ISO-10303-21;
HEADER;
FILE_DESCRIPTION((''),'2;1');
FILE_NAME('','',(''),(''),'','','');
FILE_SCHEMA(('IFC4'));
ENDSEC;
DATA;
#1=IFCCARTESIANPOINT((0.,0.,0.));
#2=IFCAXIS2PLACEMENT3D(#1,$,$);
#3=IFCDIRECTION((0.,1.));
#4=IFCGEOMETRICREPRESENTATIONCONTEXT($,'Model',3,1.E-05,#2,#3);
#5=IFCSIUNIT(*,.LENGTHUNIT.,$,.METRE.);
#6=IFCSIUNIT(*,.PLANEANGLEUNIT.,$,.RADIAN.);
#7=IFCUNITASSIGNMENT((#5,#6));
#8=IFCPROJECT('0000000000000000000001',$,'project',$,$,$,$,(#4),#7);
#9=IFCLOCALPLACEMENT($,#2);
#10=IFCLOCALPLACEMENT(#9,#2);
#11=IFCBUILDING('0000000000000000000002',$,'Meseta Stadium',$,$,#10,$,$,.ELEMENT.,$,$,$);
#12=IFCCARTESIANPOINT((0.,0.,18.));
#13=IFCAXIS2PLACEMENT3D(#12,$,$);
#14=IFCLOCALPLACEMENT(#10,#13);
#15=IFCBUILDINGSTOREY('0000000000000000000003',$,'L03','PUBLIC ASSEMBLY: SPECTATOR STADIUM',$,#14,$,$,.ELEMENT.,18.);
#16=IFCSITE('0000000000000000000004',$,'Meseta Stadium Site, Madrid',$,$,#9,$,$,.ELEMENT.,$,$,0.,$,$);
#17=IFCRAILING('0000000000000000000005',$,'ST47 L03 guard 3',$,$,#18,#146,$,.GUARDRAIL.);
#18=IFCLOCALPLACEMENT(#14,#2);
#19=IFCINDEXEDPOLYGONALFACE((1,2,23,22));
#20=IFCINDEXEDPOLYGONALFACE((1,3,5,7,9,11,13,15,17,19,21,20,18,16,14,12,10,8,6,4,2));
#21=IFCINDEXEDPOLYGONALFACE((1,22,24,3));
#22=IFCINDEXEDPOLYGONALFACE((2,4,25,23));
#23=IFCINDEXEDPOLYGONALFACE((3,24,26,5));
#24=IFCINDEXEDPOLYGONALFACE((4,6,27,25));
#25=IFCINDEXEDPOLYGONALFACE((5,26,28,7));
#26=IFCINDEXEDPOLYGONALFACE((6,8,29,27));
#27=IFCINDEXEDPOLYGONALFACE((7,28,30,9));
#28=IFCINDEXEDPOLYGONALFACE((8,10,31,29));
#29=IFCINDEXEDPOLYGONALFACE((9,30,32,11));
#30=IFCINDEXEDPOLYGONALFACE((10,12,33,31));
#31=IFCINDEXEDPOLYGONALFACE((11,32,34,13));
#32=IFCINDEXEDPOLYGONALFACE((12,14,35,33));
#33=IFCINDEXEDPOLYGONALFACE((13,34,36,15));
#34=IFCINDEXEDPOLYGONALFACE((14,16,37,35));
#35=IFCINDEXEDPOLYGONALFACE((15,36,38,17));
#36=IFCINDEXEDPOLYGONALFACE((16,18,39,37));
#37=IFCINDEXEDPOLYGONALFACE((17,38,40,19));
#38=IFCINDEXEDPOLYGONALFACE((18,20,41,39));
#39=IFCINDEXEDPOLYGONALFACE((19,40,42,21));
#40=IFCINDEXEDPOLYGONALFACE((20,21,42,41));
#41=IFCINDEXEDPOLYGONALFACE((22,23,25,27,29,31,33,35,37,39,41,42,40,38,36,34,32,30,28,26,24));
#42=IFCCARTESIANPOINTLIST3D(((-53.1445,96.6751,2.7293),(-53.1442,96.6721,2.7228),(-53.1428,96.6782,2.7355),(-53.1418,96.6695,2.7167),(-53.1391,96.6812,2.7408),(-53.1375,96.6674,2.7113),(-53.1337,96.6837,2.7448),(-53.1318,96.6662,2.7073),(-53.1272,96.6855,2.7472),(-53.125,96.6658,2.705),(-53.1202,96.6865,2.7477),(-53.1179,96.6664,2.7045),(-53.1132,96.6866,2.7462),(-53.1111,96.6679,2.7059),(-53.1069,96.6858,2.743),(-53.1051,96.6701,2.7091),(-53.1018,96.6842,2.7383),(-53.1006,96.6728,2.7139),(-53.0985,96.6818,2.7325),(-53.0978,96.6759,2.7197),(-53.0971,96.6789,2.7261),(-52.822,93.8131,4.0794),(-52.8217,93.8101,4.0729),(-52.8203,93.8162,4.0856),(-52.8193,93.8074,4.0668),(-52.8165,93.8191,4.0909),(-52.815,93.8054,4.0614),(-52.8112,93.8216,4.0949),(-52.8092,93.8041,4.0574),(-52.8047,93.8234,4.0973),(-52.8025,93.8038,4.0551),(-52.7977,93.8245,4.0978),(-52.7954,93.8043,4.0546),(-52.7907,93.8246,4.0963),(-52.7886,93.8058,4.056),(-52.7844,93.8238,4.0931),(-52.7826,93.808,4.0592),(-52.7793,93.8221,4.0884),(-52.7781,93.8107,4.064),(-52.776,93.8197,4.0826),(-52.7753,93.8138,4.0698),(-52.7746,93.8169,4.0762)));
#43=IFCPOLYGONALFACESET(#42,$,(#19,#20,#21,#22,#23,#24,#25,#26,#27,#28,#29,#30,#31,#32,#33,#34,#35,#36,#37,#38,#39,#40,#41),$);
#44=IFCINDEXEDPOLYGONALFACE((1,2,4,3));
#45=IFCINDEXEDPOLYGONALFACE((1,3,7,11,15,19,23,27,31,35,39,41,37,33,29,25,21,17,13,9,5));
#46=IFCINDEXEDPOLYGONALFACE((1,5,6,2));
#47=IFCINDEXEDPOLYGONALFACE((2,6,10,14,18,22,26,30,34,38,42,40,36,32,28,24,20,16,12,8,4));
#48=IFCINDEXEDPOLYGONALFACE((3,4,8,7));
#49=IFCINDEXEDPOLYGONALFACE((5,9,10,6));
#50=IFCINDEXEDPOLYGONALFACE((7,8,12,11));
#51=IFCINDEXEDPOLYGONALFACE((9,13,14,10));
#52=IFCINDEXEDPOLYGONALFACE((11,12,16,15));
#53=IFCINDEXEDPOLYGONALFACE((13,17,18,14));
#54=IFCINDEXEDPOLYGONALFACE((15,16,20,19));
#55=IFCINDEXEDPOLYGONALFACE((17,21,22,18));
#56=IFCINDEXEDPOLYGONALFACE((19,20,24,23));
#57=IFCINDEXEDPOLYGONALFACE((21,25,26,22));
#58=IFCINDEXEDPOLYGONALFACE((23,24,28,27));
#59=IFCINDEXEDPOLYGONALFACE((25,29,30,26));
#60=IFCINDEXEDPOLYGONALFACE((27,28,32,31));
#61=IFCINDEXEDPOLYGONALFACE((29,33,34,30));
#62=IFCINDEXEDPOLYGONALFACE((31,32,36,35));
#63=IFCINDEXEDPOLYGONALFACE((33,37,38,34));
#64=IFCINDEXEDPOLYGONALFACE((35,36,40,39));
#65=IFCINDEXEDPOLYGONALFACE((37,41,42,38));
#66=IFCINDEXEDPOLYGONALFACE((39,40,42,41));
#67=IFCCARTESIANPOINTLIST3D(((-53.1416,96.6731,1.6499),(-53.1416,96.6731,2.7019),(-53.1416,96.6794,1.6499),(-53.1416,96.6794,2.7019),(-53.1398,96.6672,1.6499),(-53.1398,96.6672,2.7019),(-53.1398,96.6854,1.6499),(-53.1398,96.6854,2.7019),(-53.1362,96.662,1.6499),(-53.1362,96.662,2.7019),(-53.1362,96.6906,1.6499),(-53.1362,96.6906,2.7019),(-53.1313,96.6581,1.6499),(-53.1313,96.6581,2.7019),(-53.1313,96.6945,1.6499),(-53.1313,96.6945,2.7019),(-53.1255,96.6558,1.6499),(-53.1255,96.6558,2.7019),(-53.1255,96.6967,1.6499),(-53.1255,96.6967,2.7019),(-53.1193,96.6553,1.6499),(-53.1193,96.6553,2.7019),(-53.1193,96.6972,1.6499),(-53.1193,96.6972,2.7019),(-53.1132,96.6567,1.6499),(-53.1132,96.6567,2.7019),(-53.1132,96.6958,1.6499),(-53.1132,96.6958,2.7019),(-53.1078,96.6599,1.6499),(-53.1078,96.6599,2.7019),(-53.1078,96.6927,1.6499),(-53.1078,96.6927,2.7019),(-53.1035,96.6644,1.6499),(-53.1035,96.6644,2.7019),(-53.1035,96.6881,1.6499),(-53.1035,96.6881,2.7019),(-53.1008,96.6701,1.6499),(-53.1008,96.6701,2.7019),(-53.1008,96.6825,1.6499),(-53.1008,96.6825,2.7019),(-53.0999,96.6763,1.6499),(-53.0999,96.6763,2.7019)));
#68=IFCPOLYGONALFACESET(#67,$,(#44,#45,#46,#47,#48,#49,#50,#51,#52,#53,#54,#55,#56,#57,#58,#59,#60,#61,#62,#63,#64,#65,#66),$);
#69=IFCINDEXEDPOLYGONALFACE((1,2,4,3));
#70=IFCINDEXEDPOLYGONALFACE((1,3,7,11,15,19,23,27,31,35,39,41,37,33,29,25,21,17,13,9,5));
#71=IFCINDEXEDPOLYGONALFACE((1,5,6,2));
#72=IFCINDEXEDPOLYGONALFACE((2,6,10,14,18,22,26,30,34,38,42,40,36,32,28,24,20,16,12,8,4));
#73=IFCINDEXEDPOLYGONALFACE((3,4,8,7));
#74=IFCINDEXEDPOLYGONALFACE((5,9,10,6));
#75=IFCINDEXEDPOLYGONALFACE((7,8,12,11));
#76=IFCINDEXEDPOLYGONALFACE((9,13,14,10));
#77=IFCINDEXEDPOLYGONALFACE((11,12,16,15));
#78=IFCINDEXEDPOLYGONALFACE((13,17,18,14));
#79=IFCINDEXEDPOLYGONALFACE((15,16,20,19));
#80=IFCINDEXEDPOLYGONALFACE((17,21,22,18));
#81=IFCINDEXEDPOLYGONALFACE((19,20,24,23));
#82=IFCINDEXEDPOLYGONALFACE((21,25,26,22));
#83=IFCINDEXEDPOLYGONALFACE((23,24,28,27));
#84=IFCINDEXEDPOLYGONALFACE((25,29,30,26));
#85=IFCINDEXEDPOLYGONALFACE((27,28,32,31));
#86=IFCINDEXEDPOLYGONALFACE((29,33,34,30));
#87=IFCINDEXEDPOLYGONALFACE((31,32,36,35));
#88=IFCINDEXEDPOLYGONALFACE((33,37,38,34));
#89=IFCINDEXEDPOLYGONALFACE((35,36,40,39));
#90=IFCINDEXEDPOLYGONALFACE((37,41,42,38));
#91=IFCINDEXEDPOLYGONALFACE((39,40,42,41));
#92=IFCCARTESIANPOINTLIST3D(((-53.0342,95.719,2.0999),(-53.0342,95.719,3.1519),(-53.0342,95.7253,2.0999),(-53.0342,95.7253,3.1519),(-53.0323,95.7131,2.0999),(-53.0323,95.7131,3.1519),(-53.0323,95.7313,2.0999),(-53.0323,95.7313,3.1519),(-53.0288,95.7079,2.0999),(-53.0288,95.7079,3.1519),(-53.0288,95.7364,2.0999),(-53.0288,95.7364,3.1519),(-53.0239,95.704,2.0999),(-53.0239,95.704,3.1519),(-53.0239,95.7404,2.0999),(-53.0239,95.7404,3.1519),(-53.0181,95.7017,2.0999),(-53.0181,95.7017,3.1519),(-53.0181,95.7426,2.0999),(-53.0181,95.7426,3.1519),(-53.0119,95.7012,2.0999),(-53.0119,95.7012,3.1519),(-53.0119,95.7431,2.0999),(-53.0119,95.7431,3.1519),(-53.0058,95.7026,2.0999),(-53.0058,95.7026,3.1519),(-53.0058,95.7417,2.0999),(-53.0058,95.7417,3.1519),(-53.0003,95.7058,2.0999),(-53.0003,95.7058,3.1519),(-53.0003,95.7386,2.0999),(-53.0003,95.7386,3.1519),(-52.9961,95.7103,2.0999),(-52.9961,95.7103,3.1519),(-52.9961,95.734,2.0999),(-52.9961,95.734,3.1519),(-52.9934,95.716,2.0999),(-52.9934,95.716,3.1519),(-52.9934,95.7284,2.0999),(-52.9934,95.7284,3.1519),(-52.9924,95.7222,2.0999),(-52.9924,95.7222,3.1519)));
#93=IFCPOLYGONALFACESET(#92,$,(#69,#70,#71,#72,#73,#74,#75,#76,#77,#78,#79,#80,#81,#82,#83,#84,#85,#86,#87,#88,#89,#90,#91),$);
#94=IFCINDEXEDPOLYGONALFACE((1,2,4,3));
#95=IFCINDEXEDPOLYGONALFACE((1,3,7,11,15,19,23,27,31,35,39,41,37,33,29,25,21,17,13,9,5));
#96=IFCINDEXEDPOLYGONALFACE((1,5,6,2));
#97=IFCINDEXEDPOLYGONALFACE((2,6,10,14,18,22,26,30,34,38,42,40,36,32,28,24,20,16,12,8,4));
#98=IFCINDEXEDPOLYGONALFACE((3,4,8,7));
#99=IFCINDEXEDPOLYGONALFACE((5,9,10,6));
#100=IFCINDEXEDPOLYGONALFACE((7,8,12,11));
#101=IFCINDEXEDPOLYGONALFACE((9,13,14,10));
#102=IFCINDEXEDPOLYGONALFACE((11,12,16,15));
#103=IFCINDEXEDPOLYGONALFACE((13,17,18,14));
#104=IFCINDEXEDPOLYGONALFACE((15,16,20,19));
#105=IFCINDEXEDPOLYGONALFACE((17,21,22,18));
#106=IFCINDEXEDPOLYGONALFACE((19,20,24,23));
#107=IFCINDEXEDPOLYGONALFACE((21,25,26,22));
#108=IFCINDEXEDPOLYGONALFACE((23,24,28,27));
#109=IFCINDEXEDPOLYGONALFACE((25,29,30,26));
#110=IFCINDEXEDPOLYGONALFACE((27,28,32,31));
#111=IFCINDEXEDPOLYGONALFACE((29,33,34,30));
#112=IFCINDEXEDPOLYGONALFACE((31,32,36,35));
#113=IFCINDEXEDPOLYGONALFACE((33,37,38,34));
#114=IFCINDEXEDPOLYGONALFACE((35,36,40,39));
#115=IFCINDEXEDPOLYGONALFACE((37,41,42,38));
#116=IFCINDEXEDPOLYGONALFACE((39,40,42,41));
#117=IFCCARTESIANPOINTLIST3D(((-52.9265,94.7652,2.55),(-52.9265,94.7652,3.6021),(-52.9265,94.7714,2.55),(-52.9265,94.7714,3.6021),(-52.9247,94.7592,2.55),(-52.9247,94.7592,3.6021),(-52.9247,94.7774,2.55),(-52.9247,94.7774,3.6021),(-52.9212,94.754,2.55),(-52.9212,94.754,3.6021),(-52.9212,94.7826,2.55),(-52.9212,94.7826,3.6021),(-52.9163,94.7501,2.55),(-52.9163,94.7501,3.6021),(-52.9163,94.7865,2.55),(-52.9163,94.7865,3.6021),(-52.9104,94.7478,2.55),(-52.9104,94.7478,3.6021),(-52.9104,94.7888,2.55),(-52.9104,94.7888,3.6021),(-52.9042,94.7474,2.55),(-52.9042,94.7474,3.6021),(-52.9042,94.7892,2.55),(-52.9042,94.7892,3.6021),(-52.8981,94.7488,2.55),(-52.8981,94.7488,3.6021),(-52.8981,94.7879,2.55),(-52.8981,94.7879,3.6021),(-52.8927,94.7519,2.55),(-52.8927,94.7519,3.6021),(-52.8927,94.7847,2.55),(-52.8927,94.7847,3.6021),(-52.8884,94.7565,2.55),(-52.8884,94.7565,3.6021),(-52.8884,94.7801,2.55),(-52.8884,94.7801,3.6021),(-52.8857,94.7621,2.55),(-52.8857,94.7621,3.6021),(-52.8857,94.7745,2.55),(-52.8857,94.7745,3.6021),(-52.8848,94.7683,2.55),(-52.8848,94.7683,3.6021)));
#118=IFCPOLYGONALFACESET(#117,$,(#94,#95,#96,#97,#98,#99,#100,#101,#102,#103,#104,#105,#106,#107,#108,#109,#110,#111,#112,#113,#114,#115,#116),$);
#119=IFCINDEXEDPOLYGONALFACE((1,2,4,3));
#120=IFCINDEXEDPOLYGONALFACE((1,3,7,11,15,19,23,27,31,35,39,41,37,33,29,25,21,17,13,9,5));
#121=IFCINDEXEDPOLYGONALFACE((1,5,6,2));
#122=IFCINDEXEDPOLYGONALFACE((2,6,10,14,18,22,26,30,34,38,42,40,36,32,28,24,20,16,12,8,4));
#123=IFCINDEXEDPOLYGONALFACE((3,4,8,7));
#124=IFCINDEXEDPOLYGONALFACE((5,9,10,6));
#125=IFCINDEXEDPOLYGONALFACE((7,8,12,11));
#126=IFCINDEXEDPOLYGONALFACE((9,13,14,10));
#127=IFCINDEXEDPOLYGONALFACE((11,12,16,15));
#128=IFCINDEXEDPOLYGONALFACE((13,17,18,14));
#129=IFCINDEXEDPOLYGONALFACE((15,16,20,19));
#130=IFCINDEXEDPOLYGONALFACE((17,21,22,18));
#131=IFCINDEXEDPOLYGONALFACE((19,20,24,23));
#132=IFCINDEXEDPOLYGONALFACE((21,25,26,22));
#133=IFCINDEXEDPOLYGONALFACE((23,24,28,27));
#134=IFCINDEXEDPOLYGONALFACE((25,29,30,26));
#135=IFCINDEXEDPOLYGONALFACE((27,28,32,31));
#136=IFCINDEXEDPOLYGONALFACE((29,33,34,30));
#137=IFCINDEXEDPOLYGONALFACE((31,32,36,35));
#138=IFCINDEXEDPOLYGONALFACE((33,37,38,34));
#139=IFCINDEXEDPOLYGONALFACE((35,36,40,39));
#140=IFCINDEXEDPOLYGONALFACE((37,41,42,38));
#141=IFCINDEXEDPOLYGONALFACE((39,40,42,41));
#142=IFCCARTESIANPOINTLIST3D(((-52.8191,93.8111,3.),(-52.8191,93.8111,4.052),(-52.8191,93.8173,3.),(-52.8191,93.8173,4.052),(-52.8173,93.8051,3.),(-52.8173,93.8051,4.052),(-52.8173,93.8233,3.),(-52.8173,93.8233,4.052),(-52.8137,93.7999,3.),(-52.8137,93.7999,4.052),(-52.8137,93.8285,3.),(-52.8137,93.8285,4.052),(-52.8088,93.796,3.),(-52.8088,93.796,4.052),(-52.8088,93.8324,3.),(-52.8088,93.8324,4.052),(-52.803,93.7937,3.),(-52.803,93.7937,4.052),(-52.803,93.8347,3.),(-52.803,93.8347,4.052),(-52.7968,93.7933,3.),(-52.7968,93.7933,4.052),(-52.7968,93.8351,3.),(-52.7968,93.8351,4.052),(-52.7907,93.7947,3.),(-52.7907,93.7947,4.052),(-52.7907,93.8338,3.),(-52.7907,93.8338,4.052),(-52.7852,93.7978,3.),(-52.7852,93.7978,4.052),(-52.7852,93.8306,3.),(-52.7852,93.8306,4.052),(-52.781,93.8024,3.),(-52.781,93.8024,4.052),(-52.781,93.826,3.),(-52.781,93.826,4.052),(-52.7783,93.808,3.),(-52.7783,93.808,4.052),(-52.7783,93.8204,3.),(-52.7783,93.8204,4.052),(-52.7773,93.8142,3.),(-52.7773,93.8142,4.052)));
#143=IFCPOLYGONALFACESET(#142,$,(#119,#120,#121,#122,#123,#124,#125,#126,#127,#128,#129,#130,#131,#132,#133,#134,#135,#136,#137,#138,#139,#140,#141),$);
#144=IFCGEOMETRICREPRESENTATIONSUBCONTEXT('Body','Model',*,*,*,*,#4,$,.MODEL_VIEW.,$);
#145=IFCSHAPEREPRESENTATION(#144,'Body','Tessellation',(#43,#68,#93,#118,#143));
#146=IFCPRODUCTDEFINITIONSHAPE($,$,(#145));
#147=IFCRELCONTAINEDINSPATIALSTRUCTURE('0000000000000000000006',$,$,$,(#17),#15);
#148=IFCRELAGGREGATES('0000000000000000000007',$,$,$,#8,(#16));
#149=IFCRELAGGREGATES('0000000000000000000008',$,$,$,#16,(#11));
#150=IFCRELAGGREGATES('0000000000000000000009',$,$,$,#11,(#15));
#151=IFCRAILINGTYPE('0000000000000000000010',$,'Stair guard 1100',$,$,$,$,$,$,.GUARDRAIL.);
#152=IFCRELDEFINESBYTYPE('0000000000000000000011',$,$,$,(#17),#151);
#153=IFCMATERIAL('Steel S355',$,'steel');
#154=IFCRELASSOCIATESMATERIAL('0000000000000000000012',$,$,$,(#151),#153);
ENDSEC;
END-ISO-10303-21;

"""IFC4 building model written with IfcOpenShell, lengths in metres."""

from ifc_helpers import new_model, si_unit, direction, frame, origin, origin_2d, place, context, subcontext, project, spatial, circle, extrude, material, type_object, element, save


model = new_model("IFC4")

# Units and contexts
model_context = context("Model", 3, precision=1e-05, world=origin(), true_north=direction((0.0, 1.0)))
body_context = subcontext(model_context, "Body", "Model", "MODEL_VIEW")
ifc_project = project(units=[si_unit("LENGTHUNIT", "METRE"), si_unit("PLANEANGLEUNIT", "RADIAN")], contexts=[model_context])

# Site, building, storey
site_placement = place(None, origin())
site = spatial("IfcSite", under=ifc_project, at=site_placement, Name="Meseta Stadium Site, Madrid", CompositionType="ELEMENT", RefElevation=0.0)
building_placement = place(site_placement, origin())
building = spatial("IfcBuilding", under=site, at=building_placement, Name="Meseta Stadium", CompositionType="ELEMENT")
storey_placement = place(building_placement, frame((0.0, 0.0, 18.0)))
storey = spatial("IfcBuildingStorey", under=building, at=storey_placement, Name="L03", Description="PUBLIC ASSEMBLY: SPECTATOR STADIUM", CompositionType="ELEMENT", Elevation=18.0)

# Railing
ifc_material_1 = material(Name="Steel S355", Category="steel")
railing_type_1 = type_object("IfcRailingType", Name="Stair guard 1100", PredefinedType="GUARDRAIL", material=ifc_material_1)
railing_1_placement = place(storey_placement, frame((-53.1208, 96.6763, 1.6499)))
element("IfcRailing", 1, at=railing_1_placement, inside=storey, type_object=railing_type_1, Name="ST47 L03 guard 3", PredefinedType="GUARDRAIL", context=body_context, shape_type="SweptSolid", body=[
    extrude(circle(Radius=0.0239, at=origin_2d()), frame((0.0, 0.0, 1.0762), z_axis=(0.101389, -0.899763, 0.424438), x_axis=(0.993711, 0.111976, 0.0)), (0.0, 0.0, 1.0), 3.1809),
    extrude(circle(Radius=0.021, at=origin_2d()), origin(), (0.0, 0.0, 1.0), 1.052),
    extrude(circle(Radius=0.021, at=origin_2d()), frame((0.1074, -0.9541, 0.45)), (0.0, 0.0, 1.0), 1.052),
    extrude(circle(Radius=0.021, at=origin_2d()), frame((0.2151, -1.908, 0.9001)), (0.0, 0.0, 1.0), 1.052),
    extrude(circle(Radius=0.021, at=origin_2d()), frame((0.3225, -2.8621, 1.3501)), (0.0, 0.0, 1.0), 1.052),
])

save(model, "model.ifc")
